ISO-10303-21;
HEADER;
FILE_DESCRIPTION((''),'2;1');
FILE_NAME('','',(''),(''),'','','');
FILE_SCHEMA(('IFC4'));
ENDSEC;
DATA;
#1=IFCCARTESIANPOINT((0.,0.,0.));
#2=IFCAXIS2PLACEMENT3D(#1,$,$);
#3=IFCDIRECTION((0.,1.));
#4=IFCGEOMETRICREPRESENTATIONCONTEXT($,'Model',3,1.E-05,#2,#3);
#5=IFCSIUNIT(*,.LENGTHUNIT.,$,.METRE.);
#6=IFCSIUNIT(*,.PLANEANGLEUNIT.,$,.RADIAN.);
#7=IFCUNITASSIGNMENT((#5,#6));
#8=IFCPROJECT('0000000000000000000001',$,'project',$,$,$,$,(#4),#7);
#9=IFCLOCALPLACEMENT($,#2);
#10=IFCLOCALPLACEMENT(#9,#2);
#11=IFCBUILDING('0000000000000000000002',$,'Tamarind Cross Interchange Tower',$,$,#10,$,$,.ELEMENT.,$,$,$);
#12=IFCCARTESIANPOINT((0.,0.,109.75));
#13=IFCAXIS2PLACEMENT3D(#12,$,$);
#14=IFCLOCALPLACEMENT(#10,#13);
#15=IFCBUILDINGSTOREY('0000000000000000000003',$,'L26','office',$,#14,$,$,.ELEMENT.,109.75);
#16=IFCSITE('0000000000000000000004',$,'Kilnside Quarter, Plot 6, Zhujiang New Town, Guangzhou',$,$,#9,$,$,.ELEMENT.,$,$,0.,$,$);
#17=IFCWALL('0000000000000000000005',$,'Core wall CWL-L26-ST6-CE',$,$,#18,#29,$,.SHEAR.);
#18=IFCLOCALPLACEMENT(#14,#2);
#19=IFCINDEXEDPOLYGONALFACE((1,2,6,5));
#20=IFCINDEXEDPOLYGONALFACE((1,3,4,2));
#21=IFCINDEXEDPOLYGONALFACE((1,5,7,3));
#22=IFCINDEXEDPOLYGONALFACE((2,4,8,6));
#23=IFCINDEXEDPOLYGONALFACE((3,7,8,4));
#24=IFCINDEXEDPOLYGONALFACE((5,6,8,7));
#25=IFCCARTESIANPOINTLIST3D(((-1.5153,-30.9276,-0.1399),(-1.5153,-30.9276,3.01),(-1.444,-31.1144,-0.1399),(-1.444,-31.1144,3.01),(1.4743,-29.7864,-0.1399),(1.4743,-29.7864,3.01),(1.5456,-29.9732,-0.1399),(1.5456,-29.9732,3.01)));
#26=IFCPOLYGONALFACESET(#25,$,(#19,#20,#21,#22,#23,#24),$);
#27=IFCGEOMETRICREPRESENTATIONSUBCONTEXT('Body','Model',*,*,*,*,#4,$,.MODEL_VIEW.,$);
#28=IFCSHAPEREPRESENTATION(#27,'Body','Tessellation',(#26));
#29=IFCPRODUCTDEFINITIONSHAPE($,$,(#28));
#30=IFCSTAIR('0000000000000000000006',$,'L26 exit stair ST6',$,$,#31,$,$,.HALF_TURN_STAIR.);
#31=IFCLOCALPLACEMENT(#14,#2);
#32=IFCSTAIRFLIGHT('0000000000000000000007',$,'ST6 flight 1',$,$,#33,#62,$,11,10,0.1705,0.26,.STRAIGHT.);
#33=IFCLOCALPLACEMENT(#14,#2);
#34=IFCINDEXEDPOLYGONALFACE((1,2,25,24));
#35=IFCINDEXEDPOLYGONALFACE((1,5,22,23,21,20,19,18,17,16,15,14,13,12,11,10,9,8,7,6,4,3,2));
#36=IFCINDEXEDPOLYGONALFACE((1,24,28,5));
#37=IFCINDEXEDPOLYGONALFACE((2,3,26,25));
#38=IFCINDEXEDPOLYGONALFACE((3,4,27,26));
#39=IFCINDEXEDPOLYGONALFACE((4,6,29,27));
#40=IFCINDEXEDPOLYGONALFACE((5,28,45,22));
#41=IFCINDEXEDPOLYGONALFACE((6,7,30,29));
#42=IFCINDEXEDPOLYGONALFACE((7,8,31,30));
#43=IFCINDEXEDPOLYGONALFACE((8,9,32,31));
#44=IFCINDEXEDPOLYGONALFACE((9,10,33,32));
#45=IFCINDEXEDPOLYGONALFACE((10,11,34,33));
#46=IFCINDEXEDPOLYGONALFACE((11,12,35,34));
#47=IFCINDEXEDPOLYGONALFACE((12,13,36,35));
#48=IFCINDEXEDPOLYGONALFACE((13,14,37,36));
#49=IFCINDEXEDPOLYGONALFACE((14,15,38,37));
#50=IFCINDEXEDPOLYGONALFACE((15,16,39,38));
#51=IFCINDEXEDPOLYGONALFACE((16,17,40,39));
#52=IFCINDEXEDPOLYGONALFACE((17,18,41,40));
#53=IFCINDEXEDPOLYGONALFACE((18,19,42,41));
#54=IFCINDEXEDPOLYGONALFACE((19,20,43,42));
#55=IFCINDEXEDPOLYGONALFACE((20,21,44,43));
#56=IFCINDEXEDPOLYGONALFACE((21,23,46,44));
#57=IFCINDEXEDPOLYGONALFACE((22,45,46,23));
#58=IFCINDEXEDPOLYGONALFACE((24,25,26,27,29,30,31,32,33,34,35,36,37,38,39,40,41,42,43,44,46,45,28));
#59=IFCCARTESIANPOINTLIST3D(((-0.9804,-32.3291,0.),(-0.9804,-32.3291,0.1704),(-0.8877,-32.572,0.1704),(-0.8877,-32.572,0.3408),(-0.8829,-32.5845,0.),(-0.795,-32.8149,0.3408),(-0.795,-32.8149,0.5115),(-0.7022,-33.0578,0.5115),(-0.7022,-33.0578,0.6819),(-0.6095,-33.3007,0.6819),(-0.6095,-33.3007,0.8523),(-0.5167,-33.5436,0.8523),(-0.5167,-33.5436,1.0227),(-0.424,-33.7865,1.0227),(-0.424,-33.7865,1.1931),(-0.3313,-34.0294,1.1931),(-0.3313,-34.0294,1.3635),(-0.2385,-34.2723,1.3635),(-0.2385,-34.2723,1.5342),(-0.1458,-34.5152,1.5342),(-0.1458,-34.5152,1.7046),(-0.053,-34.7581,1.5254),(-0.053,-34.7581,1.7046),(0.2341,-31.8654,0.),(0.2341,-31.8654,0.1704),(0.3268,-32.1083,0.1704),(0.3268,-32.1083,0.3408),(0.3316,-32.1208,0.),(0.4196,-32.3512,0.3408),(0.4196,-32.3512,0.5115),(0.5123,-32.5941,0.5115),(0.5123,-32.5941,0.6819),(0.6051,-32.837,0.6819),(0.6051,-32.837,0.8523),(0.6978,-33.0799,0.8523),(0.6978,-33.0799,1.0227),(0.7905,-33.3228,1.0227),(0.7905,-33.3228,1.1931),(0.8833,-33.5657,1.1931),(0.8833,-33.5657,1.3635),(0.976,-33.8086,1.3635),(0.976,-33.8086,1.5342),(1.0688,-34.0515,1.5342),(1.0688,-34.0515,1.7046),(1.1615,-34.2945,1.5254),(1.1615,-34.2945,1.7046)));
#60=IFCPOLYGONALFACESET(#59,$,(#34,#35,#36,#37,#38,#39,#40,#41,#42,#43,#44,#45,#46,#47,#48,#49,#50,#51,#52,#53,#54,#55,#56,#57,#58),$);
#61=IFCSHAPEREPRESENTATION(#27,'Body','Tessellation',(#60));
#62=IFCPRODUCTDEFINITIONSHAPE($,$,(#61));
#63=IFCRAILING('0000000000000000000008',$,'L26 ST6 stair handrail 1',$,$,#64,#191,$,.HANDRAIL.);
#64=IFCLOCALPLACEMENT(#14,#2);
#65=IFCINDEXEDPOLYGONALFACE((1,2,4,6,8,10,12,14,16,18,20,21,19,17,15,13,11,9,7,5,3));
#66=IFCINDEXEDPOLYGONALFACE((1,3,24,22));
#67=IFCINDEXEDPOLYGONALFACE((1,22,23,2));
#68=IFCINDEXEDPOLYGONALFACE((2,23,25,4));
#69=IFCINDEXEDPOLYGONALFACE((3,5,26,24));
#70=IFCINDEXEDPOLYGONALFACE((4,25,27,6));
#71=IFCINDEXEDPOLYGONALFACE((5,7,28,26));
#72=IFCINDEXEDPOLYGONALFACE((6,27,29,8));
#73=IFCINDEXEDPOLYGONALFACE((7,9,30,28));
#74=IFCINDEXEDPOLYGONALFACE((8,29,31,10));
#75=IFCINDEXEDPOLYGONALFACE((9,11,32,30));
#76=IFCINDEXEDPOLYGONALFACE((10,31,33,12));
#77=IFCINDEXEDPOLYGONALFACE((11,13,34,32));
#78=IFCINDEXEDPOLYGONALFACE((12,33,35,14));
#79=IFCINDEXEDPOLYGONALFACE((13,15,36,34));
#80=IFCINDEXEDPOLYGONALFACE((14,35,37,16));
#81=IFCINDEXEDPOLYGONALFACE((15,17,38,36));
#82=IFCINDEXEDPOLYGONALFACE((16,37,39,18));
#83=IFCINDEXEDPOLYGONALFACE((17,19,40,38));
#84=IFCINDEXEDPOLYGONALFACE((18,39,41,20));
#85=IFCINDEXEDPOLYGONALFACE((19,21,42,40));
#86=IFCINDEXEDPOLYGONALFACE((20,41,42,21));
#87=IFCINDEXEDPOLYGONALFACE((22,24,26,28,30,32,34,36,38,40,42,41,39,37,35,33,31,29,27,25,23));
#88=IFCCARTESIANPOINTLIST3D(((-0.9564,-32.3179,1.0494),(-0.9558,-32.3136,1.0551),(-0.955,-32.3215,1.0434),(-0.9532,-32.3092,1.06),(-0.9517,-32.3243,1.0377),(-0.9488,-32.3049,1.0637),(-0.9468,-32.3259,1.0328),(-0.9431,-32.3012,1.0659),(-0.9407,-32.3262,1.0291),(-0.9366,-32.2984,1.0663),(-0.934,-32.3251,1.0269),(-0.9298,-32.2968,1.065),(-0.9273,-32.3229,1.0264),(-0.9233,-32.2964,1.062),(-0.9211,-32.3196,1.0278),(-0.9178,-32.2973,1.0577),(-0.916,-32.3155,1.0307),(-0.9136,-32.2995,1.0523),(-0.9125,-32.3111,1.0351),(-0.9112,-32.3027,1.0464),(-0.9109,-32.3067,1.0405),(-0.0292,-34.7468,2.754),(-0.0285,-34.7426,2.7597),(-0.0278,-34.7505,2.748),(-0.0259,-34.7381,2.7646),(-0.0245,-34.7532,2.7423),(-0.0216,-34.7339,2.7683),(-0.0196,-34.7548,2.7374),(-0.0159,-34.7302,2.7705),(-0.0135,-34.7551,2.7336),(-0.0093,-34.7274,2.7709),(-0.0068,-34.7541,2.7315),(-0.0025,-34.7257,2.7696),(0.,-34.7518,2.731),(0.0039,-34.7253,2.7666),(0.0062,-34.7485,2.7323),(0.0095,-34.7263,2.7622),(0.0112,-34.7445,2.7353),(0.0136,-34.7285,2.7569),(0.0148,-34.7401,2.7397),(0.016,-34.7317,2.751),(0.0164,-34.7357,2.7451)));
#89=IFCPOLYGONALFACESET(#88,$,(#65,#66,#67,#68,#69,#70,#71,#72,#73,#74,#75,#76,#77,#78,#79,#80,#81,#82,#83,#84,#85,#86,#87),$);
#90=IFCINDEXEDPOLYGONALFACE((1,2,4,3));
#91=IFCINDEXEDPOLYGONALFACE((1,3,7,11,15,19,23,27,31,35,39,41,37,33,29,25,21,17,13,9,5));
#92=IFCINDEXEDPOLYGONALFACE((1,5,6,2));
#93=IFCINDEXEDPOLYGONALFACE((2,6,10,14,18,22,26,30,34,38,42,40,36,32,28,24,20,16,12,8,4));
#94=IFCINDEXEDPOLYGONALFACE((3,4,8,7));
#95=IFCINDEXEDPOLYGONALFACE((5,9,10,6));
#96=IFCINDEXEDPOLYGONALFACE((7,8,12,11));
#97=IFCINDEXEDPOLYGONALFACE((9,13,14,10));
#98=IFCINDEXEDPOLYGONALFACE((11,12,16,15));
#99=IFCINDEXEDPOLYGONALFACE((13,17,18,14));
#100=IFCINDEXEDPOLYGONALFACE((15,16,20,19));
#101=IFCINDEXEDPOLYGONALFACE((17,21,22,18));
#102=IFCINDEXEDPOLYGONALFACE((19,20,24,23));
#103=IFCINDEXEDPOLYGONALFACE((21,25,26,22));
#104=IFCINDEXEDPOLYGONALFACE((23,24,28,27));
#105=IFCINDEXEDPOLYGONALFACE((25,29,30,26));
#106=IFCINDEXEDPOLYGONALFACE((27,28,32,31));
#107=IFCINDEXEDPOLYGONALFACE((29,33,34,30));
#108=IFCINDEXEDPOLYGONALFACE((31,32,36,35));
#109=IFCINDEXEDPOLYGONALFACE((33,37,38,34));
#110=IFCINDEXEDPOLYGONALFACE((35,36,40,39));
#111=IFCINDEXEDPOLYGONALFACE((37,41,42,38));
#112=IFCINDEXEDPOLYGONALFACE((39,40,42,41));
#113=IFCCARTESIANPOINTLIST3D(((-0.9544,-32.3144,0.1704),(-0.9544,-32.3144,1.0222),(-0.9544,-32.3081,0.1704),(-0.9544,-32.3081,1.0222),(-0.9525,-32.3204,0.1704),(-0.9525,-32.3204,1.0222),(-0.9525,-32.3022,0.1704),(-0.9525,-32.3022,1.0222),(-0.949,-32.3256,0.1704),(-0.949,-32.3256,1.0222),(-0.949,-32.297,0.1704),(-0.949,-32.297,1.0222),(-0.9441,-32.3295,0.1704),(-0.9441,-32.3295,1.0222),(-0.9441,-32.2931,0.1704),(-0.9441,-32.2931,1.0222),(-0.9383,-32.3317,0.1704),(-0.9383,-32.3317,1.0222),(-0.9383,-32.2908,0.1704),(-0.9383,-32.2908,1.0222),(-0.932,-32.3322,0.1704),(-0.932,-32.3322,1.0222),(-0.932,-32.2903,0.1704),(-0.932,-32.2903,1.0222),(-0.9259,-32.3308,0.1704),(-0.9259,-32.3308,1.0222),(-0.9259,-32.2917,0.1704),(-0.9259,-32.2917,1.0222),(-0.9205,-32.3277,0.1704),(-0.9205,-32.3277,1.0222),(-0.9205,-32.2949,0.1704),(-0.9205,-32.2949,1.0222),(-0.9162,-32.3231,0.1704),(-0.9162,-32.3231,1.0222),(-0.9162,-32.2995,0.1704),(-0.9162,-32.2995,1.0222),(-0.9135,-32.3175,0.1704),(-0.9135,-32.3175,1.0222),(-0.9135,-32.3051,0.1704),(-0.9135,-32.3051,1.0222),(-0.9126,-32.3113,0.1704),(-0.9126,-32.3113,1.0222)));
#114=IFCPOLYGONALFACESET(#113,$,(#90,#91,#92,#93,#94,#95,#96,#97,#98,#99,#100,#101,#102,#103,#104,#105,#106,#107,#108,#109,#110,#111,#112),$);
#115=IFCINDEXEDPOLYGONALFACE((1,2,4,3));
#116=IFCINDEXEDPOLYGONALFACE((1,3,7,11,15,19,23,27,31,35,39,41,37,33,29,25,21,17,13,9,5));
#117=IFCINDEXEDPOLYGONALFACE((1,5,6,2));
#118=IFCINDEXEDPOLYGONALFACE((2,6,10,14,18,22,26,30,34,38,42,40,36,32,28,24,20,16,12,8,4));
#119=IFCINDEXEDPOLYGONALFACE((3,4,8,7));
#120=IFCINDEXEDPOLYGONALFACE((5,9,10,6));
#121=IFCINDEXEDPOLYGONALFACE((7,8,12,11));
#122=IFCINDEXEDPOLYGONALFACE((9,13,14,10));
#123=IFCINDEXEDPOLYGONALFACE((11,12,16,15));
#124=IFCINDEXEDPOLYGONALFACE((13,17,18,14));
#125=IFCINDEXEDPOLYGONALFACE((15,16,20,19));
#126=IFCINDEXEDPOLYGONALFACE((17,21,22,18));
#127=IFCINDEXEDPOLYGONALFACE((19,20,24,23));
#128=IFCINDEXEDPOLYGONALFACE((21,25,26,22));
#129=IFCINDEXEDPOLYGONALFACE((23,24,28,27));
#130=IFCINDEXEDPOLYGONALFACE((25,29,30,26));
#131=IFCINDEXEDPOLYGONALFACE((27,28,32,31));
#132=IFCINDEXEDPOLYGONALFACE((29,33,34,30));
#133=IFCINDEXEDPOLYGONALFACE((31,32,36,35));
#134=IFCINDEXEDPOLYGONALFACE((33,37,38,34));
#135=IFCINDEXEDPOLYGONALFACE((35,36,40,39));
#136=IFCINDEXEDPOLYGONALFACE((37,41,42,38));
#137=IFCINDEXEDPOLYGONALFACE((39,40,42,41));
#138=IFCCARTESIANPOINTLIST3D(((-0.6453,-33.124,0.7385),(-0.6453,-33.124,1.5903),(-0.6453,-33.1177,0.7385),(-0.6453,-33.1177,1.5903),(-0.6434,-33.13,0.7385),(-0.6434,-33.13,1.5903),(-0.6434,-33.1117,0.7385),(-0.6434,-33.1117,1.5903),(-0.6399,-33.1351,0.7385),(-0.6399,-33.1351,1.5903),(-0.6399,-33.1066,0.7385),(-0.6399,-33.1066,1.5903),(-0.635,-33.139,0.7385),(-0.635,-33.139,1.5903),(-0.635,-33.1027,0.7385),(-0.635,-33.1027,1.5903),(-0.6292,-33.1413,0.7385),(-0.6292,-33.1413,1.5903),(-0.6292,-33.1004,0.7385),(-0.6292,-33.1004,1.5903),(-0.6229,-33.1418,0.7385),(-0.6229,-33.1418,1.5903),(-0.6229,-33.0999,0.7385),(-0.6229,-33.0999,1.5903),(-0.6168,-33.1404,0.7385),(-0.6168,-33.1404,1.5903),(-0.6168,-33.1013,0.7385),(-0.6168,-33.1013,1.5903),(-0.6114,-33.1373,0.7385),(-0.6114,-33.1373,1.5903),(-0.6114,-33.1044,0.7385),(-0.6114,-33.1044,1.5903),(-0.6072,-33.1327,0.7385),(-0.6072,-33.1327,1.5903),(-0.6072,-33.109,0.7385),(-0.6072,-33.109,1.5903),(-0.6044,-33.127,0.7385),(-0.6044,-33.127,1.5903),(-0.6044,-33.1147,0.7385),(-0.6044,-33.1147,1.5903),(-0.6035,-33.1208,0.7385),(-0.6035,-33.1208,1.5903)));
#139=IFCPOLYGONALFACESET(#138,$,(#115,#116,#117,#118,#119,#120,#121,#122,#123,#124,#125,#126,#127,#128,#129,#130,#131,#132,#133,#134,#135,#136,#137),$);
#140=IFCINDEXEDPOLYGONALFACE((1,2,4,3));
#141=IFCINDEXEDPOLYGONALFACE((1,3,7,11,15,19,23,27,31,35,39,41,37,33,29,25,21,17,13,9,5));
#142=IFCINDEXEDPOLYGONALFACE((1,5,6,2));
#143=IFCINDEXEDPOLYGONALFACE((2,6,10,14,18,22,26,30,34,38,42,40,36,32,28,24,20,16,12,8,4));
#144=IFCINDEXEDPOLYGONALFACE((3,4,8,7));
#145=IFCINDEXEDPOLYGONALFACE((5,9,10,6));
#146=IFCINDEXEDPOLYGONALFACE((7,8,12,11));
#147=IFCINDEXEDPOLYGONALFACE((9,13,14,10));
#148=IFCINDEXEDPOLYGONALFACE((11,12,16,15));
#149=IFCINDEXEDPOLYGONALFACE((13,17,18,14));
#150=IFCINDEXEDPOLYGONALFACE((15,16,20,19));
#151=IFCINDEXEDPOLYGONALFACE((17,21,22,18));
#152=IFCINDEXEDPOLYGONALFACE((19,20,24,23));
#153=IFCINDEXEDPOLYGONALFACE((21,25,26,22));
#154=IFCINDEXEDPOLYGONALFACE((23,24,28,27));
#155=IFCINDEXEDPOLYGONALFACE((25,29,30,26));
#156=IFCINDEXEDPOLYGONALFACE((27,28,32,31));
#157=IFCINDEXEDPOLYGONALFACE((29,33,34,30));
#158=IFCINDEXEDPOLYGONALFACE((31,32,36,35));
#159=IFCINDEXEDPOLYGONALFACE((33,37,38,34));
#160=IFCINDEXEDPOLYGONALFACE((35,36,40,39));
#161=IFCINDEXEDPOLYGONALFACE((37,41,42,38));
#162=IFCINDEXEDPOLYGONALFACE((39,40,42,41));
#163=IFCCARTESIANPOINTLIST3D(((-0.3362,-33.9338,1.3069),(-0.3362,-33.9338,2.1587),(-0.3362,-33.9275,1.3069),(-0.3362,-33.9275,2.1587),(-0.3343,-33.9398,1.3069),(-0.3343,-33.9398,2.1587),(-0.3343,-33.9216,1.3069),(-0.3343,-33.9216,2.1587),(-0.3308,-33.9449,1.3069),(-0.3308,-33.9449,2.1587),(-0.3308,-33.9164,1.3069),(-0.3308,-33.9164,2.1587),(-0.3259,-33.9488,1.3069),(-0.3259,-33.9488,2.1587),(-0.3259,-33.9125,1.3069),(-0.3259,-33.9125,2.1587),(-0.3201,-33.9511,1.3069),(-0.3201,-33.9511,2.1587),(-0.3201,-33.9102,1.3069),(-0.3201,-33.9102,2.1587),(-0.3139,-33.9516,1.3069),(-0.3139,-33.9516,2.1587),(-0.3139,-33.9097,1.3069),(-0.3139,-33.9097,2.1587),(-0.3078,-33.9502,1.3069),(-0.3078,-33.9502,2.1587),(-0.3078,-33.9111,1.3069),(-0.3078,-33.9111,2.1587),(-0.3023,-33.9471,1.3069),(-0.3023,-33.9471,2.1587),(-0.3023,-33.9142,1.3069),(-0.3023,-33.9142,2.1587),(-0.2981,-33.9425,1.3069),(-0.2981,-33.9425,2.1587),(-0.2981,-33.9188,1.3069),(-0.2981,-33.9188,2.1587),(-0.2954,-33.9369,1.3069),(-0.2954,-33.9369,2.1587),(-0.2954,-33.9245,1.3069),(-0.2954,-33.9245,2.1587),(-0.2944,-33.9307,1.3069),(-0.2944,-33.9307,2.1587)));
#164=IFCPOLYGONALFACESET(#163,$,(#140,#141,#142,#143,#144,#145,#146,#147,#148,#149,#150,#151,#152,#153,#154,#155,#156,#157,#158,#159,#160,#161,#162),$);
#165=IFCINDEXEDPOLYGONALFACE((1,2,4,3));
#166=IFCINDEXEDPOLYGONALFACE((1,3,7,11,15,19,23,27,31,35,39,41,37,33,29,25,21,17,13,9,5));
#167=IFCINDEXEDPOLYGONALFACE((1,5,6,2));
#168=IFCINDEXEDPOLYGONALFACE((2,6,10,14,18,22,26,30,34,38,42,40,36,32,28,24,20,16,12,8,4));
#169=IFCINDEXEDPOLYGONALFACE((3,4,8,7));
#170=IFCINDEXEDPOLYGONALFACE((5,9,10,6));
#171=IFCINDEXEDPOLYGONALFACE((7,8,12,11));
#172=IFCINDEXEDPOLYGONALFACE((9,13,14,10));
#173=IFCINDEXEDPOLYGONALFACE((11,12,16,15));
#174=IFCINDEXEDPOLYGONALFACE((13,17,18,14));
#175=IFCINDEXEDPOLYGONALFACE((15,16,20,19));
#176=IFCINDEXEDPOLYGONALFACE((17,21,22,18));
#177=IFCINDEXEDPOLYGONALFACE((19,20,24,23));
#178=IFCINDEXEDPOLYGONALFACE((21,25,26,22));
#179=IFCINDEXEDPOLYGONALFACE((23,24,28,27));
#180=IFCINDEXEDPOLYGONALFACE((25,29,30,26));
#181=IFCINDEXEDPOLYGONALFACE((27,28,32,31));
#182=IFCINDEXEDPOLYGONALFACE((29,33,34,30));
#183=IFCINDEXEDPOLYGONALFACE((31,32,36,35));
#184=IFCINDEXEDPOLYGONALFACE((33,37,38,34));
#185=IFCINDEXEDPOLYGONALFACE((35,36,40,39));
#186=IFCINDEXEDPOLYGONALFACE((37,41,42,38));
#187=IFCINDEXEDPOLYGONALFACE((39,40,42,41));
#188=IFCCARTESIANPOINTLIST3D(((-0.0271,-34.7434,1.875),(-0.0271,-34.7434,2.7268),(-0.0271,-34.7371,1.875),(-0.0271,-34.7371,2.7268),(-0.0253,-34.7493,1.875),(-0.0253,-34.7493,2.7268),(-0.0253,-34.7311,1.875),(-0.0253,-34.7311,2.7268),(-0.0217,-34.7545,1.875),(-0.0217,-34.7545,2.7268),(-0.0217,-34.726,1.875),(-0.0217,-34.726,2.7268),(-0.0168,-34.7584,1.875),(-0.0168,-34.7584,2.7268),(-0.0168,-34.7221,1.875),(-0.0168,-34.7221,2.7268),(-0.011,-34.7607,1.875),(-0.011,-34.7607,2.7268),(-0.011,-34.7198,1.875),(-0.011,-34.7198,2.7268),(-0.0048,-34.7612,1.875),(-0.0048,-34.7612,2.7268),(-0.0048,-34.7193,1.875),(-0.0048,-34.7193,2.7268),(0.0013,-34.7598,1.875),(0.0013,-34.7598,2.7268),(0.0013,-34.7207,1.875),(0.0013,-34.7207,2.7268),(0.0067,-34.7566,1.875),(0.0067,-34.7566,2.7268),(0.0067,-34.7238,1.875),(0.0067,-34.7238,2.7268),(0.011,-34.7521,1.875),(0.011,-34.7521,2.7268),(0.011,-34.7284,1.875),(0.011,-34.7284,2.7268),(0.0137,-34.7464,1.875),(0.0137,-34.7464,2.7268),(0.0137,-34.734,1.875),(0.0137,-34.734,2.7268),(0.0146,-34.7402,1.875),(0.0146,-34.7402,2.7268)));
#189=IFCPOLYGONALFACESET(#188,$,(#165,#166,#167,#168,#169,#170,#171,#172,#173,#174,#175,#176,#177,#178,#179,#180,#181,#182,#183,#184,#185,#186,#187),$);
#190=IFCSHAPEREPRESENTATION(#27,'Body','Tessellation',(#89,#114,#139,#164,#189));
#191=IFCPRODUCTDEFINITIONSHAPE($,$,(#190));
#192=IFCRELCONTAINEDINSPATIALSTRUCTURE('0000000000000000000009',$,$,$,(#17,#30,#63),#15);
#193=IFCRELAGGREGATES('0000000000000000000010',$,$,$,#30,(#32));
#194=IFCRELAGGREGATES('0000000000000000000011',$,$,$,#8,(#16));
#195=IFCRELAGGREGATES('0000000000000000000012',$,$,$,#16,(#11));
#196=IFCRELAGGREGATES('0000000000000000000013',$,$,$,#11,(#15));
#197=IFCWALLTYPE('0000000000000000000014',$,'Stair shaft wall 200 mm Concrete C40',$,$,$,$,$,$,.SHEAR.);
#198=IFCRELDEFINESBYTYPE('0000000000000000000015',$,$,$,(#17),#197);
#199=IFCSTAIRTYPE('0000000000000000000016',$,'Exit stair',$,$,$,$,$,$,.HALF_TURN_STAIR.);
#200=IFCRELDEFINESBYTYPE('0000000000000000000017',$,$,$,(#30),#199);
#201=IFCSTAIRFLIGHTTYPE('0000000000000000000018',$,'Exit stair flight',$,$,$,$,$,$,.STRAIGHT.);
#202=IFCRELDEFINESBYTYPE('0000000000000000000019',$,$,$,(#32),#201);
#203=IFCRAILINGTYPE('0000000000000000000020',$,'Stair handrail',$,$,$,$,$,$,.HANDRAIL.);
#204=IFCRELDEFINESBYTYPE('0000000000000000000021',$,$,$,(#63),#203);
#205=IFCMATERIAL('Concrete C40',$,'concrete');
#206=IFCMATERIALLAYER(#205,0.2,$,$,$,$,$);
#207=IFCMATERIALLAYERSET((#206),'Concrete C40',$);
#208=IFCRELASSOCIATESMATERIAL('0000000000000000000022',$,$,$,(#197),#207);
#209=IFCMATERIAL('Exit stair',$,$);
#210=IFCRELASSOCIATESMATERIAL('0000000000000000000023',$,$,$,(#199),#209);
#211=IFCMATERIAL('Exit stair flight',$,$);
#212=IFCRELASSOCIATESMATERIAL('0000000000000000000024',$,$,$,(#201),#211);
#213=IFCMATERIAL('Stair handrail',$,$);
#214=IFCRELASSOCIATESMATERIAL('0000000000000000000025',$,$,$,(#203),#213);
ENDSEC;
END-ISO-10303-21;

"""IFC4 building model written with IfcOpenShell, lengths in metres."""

from ifc_helpers import new_model, si_unit, direction, frame, frame_2d, origin, origin_2d, place, context, subcontext, project, spatial, polyline, rectangle, circle, outline, extrude, material, layer, layer_set, type_object, element, aggregate, save


model = new_model("IFC4")

# Units and contexts
model_context = context("Model", 3, precision=1e-05, world=origin(), true_north=direction((0.0, 1.0)))
body_context = subcontext(model_context, "Body", "Model", "MODEL_VIEW")
ifc_project = project(units=[si_unit("LENGTHUNIT", "METRE"), si_unit("PLANEANGLEUNIT", "RADIAN")], contexts=[model_context])

# Site, building, storey
site_placement = place(None, origin())
site = spatial("IfcSite", under=ifc_project, at=site_placement, Name="Kilnside Quarter, Plot 6, Zhujiang New Town, Guangzhou", CompositionType="ELEMENT", RefElevation=0.0)
building_placement = place(site_placement, origin())
building = spatial("IfcBuilding", under=site, at=building_placement, Name="Tamarind Cross Interchange Tower", CompositionType="ELEMENT")
storey_placement = place(building_placement, frame((0.0, 0.0, 109.75)))
storey = spatial("IfcBuildingStorey", under=building, at=storey_placement, Name="L26", Description="office", CompositionType="ELEMENT", Elevation=109.75)

# Wall
ifc_material_1 = material(Name="Concrete C40", Category="concrete")
ifc_layer_1 = layer(ifc_material_1, 0.2)
ifc_layer_set_1 = layer_set([ifc_layer_1], Name="Concrete C40")
wall_type_1 = type_object("IfcWallType", Name="Stair shaft wall 200 mm Concrete C40", PredefinedType="SHEAR", material=ifc_layer_set_1)
wall_1_placement = place(storey_placement, frame((-1.4797, -31.021, -0.1399), z_axis=(0.0, 0.0, 1.0), x_axis=(0.934253, 0.356611, 0.0)))
element("IfcWall", 1, at=wall_1_placement, inside=storey, type_object=wall_type_1, Name="Core wall CWL-L26-ST6-CE", PredefinedType="SHEAR", context=body_context, shape_type="SweptSolid", body=[
    extrude(rectangle(XDim=3.2, YDim=0.2, at=frame_2d((1.6001, 0.0))), origin(), (0.0, 0.0, 1.0), 3.1499),
])

# Stair, stair flight
ifc_material_2 = material(Name="Exit stair")
stair_type = type_object("IfcStairType", Name="Exit stair", PredefinedType="HALF_TURN_STAIR", material=ifc_material_2)
stair_placement = place(storey_placement, origin())
stair = element("IfcStair", 2, at=stair_placement, inside=storey, type_object=stair_type, Name="L26 exit stair ST6", PredefinedType="HALF_TURN_STAIR")
ifc_material_3 = material(Name="Exit stair flight")
stair_flight_type = type_object("IfcStairFlightType", Name="Exit stair flight", PredefinedType="STRAIGHT", material=ifc_material_3)
stair_flight_placement = place(storey_placement, frame((-0.373, -32.0972, 0.0), z_axis=(0.0, 0.0, 1.0), x_axis=(0.356673, -0.934229, 0.0)))
stair_flight = element("IfcStairFlight", 3, at=stair_flight_placement, type_object=stair_flight_type, Name="ST6 flight 1", NumberOfRisers=11, NumberOfTreads=10, PredefinedType="STRAIGHT", RiserHeight=0.1705, TreadLength=0.26, context=body_context, shape_type="SweptSolid", body=[
    extrude(outline(polyline([(0.0, 0.0), (0.0, 0.1704), (0.26, 0.1704), (0.26, 0.3408), (0.52, 0.3408), (0.52, 0.5115), (0.78, 0.5115), (0.78, 0.6819), (1.04, 0.6819), (1.04, 0.8523), (1.3, 0.8523), (1.3, 1.0227), (1.5601, 1.0227), (1.5601, 1.1931), (1.8201, 1.1931), (1.8201, 1.3635), (2.0801, 1.3635), (2.0801, 1.5342), (2.3401, 1.5342), (2.3401, 1.7046), (2.6001, 1.7046), (2.6001, 1.875), (2.6001, 1.5254), (0.2734, 0.0), (0.0, 0.0)])), frame((0.0, 0.6499, 0.0), z_axis=(0.0, -1.0, 0.0), x_axis=(1.0, 0.0, 0.0)), (0.0, 0.0, 1.0), 1.3),
])
aggregate(stair, [stair_flight])

# Railing
ifc_material_4 = material(Name="Stair handrail")
railing_type = type_object("IfcRailingType", Name="Stair handrail", PredefinedType="HANDRAIL", material=ifc_material_4)
railing_placement = place(storey_placement, frame((-0.9336, -32.3113, 0.1704)))
element("IfcRailing", 4, at=railing_placement, inside=storey, type_object=railing_type, Name="L26 ST6 stair handrail 1", PredefinedType="HANDRAIL", context=body_context, shape_type="SweptSolid", body=[
    extrude(circle(Radius=0.0239, at=origin_2d()), frame((0.0, 0.0, 0.876), z_axis=(0.298256, -0.781292, 0.548294), x_axis=(0.934241, 0.356643, 0.0)), (0.0, 0.0, 1.0), 3.1089),
    extrude(circle(Radius=0.021, at=origin_2d()), origin(), (0.0, 0.0, 1.0), 0.8518),
    extrude(circle(Radius=0.021, at=origin_2d()), frame((0.3091, -0.8096, 0.5681)), (0.0, 0.0, 1.0), 0.8518),
    extrude(circle(Radius=0.021, at=origin_2d()), frame((0.6182, -1.6194, 1.1365)), (0.0, 0.0, 1.0), 0.8518),
    extrude(circle(Radius=0.021, at=origin_2d()), frame((0.9272, -2.429, 1.7046)), (0.0, 0.0, 1.0), 0.8518),
])

save(model, "model.ifc")
